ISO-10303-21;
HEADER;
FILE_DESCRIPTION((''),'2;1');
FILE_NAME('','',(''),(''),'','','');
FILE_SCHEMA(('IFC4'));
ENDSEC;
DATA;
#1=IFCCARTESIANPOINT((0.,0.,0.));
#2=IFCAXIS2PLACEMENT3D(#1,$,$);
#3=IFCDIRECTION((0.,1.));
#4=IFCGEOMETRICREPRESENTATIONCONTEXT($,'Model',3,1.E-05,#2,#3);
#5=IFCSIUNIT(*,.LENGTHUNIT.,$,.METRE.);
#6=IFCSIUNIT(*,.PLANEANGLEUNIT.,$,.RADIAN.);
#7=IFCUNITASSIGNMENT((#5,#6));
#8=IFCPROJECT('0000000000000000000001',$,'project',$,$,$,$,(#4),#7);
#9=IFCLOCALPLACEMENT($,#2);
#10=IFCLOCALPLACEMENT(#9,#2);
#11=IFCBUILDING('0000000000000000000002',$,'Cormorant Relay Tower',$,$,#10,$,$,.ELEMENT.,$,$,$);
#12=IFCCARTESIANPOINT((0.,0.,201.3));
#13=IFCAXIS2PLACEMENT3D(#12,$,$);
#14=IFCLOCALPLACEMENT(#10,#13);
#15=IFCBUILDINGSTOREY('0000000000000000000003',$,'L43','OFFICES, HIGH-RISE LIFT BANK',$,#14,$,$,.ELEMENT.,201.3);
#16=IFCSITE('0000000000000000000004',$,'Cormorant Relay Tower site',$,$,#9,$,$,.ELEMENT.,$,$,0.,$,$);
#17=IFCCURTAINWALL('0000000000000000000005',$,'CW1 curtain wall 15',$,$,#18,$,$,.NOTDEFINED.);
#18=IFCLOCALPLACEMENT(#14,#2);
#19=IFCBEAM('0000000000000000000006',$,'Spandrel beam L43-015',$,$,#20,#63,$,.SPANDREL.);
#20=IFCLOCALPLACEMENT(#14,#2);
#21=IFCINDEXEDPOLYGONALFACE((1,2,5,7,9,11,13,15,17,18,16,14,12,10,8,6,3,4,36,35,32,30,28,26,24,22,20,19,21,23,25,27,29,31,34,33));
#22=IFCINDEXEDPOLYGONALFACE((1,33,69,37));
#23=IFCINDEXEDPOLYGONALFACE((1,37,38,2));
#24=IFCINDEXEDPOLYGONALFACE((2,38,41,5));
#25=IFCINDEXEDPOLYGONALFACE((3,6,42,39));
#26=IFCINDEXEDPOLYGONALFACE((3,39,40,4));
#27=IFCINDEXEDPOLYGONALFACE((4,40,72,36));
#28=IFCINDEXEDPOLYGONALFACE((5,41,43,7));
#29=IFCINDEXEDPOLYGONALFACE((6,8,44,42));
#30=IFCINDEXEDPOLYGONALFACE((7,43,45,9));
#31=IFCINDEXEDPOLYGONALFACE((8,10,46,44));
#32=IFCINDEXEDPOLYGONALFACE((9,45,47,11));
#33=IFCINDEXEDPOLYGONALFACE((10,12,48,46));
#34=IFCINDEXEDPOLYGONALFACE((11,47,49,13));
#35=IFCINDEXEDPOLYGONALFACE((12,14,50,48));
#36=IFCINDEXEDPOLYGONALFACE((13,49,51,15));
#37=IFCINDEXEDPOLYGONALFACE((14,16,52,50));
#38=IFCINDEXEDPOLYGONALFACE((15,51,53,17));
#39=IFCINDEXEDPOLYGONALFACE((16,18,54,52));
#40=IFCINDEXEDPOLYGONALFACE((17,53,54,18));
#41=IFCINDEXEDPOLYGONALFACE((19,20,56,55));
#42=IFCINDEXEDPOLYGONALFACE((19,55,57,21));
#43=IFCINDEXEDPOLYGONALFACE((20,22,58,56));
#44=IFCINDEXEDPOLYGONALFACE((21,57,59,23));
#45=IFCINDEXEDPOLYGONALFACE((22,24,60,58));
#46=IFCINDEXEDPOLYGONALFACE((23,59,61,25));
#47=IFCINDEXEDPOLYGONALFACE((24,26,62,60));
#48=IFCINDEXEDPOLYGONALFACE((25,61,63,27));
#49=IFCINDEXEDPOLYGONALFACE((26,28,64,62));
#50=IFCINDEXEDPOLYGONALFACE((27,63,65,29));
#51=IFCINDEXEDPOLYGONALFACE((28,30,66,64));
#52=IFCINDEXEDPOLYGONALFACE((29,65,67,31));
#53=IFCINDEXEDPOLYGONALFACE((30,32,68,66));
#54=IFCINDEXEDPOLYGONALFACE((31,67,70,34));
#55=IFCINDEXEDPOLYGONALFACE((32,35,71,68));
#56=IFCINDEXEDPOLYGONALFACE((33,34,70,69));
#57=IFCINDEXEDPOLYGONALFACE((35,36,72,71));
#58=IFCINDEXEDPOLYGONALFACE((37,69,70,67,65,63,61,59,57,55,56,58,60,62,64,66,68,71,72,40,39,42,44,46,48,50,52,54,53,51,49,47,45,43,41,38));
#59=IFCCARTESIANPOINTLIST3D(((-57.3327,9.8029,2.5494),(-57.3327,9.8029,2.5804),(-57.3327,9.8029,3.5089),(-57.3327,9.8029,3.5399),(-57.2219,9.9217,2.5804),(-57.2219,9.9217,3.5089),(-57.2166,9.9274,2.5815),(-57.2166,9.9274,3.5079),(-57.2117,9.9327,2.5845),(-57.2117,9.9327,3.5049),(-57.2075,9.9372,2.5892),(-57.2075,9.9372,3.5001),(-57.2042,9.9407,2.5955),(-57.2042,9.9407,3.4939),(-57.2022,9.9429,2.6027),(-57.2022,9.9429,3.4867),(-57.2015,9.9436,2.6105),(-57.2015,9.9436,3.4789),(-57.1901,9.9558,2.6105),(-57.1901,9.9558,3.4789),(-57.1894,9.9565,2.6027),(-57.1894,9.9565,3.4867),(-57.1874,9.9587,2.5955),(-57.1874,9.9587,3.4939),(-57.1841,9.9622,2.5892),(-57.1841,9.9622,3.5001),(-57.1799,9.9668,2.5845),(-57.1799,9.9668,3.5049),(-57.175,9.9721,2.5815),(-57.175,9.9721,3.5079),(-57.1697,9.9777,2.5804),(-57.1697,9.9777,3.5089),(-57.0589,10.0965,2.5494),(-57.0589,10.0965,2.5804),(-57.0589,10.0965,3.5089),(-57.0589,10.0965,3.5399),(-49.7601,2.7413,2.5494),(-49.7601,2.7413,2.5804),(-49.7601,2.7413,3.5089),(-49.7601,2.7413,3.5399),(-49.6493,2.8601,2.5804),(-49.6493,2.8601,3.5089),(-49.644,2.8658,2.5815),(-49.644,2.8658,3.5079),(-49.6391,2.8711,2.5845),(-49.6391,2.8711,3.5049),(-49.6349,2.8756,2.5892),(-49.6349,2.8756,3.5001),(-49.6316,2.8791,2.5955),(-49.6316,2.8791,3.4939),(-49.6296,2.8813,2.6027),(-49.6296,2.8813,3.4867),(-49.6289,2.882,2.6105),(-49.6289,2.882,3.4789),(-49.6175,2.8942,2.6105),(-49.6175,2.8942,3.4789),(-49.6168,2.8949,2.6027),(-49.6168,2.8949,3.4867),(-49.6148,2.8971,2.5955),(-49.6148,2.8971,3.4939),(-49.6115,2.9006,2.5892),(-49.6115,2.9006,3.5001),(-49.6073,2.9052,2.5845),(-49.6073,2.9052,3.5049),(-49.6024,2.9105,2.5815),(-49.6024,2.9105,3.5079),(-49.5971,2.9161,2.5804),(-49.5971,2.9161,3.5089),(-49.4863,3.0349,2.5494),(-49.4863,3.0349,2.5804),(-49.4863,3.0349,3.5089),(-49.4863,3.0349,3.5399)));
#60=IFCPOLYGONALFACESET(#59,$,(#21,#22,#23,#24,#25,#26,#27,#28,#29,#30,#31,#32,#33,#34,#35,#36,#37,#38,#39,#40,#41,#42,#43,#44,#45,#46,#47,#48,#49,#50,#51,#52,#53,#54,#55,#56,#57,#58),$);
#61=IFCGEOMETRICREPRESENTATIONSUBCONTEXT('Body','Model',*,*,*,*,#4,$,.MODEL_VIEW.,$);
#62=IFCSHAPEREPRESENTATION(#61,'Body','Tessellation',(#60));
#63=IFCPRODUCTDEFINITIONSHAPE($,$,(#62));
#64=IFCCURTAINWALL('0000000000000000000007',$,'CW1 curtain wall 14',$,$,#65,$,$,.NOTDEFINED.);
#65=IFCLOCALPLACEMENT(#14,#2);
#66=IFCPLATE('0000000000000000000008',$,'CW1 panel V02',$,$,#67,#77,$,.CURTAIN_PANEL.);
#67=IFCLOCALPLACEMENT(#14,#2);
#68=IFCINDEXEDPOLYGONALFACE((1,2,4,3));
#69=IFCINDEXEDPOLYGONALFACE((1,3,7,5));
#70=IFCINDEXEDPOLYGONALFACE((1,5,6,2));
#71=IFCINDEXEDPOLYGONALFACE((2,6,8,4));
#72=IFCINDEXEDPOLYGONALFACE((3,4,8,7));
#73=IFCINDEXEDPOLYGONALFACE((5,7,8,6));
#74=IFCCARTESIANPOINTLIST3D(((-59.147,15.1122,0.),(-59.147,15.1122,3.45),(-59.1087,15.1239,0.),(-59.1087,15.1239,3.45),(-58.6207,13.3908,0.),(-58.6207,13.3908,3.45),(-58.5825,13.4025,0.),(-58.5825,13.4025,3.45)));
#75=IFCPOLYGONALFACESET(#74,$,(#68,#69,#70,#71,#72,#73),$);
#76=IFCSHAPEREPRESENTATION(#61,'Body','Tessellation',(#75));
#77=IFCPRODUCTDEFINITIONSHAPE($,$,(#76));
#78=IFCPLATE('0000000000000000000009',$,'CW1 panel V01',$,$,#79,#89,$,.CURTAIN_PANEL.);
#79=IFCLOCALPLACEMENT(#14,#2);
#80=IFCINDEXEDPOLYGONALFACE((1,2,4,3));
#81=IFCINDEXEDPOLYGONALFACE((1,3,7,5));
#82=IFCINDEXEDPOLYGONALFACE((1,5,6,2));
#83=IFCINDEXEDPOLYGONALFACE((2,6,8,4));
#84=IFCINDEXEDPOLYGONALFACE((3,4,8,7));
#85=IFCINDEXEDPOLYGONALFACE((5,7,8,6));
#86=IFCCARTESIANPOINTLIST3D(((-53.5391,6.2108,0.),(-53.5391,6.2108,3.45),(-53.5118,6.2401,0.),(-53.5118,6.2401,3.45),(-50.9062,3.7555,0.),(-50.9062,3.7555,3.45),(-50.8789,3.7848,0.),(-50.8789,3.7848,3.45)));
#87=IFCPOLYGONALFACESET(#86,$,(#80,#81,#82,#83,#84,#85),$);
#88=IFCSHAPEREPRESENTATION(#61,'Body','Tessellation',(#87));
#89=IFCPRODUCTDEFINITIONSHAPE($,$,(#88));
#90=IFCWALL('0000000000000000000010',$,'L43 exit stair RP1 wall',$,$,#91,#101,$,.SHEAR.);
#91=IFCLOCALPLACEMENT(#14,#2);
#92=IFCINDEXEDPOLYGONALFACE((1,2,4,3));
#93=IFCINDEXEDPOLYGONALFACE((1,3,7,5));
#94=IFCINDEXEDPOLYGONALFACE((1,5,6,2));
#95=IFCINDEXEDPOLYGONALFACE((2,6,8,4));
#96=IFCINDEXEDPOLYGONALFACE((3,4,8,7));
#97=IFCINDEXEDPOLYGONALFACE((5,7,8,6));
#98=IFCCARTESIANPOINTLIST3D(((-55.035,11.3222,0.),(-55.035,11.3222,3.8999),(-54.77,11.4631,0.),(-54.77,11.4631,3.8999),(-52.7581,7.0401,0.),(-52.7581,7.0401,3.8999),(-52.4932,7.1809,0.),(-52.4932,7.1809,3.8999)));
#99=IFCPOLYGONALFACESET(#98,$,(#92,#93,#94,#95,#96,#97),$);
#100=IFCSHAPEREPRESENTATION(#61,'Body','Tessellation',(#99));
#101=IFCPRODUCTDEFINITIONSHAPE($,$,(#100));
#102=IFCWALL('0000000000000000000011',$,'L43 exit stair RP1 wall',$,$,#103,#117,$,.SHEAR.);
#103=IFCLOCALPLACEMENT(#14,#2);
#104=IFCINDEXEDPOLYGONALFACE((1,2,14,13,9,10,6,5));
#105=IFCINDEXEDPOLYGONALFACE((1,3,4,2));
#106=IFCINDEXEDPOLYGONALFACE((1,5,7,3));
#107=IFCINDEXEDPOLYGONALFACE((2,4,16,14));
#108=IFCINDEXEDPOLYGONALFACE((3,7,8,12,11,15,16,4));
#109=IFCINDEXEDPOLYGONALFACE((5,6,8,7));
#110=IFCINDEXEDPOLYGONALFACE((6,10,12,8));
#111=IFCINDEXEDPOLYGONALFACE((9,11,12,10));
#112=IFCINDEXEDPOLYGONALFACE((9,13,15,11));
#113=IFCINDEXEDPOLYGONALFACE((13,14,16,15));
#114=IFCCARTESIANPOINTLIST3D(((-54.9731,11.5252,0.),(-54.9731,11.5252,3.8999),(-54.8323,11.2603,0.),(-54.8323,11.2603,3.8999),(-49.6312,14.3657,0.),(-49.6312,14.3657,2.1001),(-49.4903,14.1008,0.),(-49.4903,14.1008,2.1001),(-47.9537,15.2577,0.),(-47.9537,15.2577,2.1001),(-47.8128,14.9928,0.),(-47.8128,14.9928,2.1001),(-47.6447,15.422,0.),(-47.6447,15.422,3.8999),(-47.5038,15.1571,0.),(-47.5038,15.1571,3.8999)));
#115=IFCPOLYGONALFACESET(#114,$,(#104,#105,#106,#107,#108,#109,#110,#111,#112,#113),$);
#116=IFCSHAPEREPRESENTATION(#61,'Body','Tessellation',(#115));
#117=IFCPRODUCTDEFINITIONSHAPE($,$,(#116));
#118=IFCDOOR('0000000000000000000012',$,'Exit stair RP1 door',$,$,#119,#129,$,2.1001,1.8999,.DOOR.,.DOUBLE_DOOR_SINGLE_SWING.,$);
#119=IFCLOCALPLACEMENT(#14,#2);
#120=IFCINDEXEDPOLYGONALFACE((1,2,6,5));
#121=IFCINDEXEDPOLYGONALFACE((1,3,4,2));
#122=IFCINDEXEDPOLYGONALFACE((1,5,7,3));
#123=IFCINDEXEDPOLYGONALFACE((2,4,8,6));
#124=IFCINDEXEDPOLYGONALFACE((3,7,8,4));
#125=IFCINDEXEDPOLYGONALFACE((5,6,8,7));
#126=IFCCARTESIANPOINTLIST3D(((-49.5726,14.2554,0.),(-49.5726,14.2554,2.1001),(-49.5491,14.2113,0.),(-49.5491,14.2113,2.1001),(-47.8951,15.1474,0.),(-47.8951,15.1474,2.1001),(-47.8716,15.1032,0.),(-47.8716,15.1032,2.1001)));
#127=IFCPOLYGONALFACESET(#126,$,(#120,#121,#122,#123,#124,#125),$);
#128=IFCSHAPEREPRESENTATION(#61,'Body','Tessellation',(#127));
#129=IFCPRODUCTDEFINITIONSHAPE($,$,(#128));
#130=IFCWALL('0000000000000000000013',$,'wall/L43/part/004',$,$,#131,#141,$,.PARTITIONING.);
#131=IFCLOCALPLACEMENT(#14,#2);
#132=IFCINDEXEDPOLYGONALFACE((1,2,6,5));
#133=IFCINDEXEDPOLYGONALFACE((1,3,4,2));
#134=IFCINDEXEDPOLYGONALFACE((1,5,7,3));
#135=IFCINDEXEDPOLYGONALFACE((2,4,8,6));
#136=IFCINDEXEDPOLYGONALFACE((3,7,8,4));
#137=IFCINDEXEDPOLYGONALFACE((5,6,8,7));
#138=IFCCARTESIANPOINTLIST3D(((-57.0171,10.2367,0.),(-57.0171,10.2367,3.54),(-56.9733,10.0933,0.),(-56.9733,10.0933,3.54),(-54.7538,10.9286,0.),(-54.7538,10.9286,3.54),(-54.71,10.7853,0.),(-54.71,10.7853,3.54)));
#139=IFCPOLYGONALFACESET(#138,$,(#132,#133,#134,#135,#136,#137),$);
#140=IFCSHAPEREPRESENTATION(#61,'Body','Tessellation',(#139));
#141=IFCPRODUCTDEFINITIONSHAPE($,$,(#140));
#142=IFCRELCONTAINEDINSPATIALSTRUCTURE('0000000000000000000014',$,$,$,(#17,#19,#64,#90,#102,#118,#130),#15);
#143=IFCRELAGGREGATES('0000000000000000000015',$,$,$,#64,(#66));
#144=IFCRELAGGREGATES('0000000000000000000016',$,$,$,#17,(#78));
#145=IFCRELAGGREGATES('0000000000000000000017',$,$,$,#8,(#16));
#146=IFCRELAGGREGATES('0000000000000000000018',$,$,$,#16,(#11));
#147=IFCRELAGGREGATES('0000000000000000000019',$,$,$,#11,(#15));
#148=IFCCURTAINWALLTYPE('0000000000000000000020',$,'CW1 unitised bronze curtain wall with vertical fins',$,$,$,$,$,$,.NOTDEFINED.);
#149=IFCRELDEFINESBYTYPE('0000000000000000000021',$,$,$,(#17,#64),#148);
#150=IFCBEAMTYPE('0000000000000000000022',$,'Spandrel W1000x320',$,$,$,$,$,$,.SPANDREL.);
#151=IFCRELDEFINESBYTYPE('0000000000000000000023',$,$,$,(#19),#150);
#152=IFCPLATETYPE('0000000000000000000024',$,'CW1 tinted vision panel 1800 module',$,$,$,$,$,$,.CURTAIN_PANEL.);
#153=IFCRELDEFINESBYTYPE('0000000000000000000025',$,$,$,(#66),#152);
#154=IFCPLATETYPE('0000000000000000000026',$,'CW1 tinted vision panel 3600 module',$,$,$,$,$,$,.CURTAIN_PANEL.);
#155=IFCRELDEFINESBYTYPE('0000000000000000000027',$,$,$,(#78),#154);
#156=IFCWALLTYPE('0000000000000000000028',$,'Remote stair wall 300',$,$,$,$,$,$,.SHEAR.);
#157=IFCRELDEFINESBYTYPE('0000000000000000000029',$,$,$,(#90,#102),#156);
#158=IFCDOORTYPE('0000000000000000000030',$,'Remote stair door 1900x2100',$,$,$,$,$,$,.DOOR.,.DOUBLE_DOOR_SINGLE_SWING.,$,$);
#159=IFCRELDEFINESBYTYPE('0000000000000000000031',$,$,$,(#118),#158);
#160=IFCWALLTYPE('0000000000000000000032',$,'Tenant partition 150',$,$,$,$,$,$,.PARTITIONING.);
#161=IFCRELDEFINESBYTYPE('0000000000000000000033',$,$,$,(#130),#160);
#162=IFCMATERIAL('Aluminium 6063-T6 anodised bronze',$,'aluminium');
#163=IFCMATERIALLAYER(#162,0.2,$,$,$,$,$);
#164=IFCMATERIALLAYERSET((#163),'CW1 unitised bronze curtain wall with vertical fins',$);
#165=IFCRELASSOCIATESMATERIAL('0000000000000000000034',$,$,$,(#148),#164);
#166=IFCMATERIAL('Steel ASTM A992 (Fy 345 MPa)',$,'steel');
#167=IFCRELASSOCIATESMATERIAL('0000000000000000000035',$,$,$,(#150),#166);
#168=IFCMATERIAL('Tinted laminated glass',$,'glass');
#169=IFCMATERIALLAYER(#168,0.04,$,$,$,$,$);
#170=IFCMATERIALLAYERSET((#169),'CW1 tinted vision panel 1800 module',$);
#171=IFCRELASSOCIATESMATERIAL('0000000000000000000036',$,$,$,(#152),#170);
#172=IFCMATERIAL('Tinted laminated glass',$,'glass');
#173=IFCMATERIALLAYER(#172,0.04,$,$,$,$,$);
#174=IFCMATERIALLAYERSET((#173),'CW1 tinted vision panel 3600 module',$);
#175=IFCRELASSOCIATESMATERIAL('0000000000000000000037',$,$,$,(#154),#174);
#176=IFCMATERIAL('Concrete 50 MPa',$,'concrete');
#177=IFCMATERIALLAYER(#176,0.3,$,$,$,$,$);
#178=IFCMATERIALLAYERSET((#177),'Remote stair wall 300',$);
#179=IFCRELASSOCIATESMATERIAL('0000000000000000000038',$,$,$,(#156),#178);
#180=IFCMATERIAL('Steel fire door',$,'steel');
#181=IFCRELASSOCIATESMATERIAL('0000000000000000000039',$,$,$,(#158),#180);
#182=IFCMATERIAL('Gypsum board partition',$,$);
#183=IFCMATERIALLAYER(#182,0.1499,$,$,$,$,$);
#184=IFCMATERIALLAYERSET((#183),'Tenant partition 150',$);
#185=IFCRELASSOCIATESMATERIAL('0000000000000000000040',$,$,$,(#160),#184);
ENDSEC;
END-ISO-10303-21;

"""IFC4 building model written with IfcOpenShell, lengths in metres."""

from ifc_helpers import new_model, si_unit, direction, frame, frame_2d, origin, origin_2d, place, context, subcontext, project, spatial, rectangle, i_section, extrude, material, layer, layer_set, material_profile, profile_set, type_object, element, fill, aggregate, save


model = new_model("IFC4")

# Units and contexts
model_context = context("Model", 3, precision=1e-05, world=origin(), true_north=direction((0.0, 1.0)))
body_context = subcontext(model_context, "Body", "Model", "MODEL_VIEW")
ifc_project = project(units=[si_unit("LENGTHUNIT", "METRE"), si_unit("PLANEANGLEUNIT", "RADIAN")], contexts=[model_context])

# Site, building, storey
site_placement = place(None, origin())
site = spatial("IfcSite", under=ifc_project, at=site_placement, Name="Cormorant Relay Tower site", CompositionType="ELEMENT", RefElevation=0.0)
building_placement = place(site_placement, origin())
building = spatial("IfcBuilding", under=site, at=building_placement, Name="Cormorant Relay Tower", CompositionType="ELEMENT")
storey_placement = place(building_placement, frame((0.0, 0.0, 201.3)))
storey = spatial("IfcBuildingStorey", under=building, at=storey_placement, Name="L43", Description="OFFICES, HIGH-RISE LIFT BANK", CompositionType="ELEMENT", Elevation=201.3)

# Curtain wall
ifc_material_1 = material(Name="Aluminium 6063-T6 anodised bronze", Category="aluminium")
ifc_layer_1 = layer(ifc_material_1, 0.2)
ifc_layer_set_1 = layer_set([ifc_layer_1], Name="CW1 unitised bronze curtain wall with vertical fins")
curtain_wall_type = type_object("IfcCurtainWallType", Name="CW1 unitised bronze curtain wall with vertical fins", PredefinedType="NOTDEFINED", material=ifc_layer_set_1)
curtain_wall_1_placement = place(storey_placement, origin())
curtain_wall_1 = element("IfcCurtainWall", 1, at=curtain_wall_1_placement, inside=storey, type_object=curtain_wall_type, Name="CW1 curtain wall 15", PredefinedType="NOTDEFINED")

# Beam
ifc_material_2 = material(Name="Steel ASTM A992 (Fy 345 MPa)", Category="steel")
ifc_material_profile_1 = material_profile(ifc_material_2, i_section(OverallWidth=0.4014, OverallDepth=0.9905, WebThickness=0.0166, FlangeThickness=0.031, FilletRadius=0.03, at=origin_2d()), Name="W1000x320")
ifc_profile_set_1 = profile_set([ifc_material_profile_1], Name="Steel ASTM A992 (Fy 345 MPa)")
beam_type = type_object("IfcBeamType", Name="Spandrel W1000x320", PredefinedType="SPANDREL", material=ifc_profile_set_1)
beam_placement = place(storey_placement, frame((-57.1958, 9.9497, 3.0447), z_axis=(0.731352, -0.682001, 0.0), x_axis=(0.682001, 0.731352, 0.0)))
element("IfcBeam", 2, at=beam_placement, inside=storey, type_object=beam_type, Name="Spandrel beam L43-015", PredefinedType="SPANDREL", context=body_context, shape_type="SweptSolid", body=[
    extrude(i_section(OverallWidth=0.4014, OverallDepth=0.9905, WebThickness=0.0166, FlangeThickness=0.031, FilletRadius=0.03, at=origin_2d()), origin(), (0.0, 0.0, 1.0), 10.3542),
])

# Curtain wall, plate
curtain_wall_2_placement = place(storey_placement, origin())
curtain_wall_2 = element("IfcCurtainWall", 3, at=curtain_wall_2_placement, inside=storey, type_object=curtain_wall_type, Name="CW1 curtain wall 14", PredefinedType="NOTDEFINED")
ifc_material_3 = material(Name="Tinted laminated glass", Category="glass")
ifc_layer_2 = layer(ifc_material_3, 0.04)
ifc_layer_set_2 = layer_set([ifc_layer_2], Name="CW1 tinted vision panel 1800 module")
plate_type_1 = type_object("IfcPlateType", Name="CW1 tinted vision panel 1800 module", PredefinedType="CURTAIN_PANEL", material=ifc_layer_set_2)
plate_1_placement = place(storey_placement, frame((-58.8647, 14.2573, 0.0), z_axis=(0.0, 0.0, 1.0), x_axis=(0.292372, -0.956305, 0.0)))
plate_1 = element("IfcPlate", 4, at=plate_1_placement, type_object=plate_type_1, Name="CW1 panel V02", PredefinedType="CURTAIN_PANEL", context=body_context, shape_type="SweptSolid", body=[
    extrude(rectangle(XDim=1.8, YDim=0.04, at=origin_2d()), origin(), (0.0, 0.0, 1.0), 3.45),
])

# Plate
ifc_material_4 = material(Name="Tinted laminated glass", Category="glass")
ifc_layer_3 = layer(ifc_material_4, 0.04)
ifc_layer_set_3 = layer_set([ifc_layer_3], Name="CW1 tinted vision panel 3600 module")
plate_type_2 = type_object("IfcPlateType", Name="CW1 tinted vision panel 3600 module", PredefinedType="CURTAIN_PANEL", material=ifc_layer_set_3)
plate_2_placement = place(storey_placement, frame((-52.209, 4.9978, 0.0), z_axis=(0.0, 0.0, 1.0), x_axis=(0.731354, -0.681998, 0.0)))
plate_2 = element("IfcPlate", 5, at=plate_2_placement, type_object=plate_type_2, Name="CW1 panel V01", PredefinedType="CURTAIN_PANEL", context=body_context, shape_type="SweptSolid", body=[
    extrude(rectangle(XDim=3.6001, YDim=0.04, at=origin_2d()), origin(), (0.0, 0.0, 1.0), 3.45),
])

# Wall
ifc_material_5 = material(Name="Concrete 50 MPa", Category="concrete")
ifc_layer_4 = layer(ifc_material_5, 0.3)
ifc_layer_set_4 = layer_set([ifc_layer_4], Name="Remote stair wall 300")
wall_type_1 = type_object("IfcWallType", Name="Remote stair wall 300", PredefinedType="SHEAR", material=ifc_layer_set_4)
wall_1_placement = place(storey_placement, frame((-52.6257, 7.1106, 0.0), z_axis=(0.0, 0.0, 1.0), x_axis=(-0.469464, 0.882951, 0.0)))
element("IfcWall", 6, at=wall_1_placement, inside=storey, type_object=wall_type_1, Name="L43 exit stair RP1 wall", PredefinedType="SHEAR", context=body_context, shape_type="SweptSolid", body=[
    extrude(rectangle(XDim=4.8499, YDim=0.3, at=frame_2d((2.4248, 0.0))), origin(), (0.0, 0.0, 1.0), 3.8999),
])

# Wall, opening, door
wall_2_placement = place(storey_placement, frame((-54.9026, 11.3928, 0.0), z_axis=(0.0, 0.0, 1.0), x_axis=(0.882939, 0.469487, 0.0)))
wall_2 = element("IfcWall", 7, at=wall_2_placement, inside=storey, type_object=wall_type_1, Name="L43 exit stair RP1 wall", PredefinedType="SHEAR", context=body_context, shape_type="SweptSolid", body=[
    extrude(rectangle(XDim=8.3, YDim=0.3, at=frame_2d((4.1499, 0.0))), origin(), (0.0, 0.0, 1.0), 3.8999),
])
opening_placement = place(wall_2_placement, frame((6.05, 0.0, 0.0)))
opening = element("IfcOpeningElement", 8, at=opening_placement, cuts=wall_2, PredefinedType="OPENING", context=body_context, shape_type="SweptSolid", body=[
    extrude(rectangle(XDim=1.8999, YDim=2.1001, at=frame_2d((0.95, 1.05))), frame((0.0, 0.1599, 0.0), z_axis=(0.0, -1.0, 0.0), x_axis=(1.0, 0.0, 0.0)), (0.0, 0.0, 1.0), 0.3201),
])
ifc_material_6 = material(Name="Steel fire door", Category="steel")
door_type = type_object("IfcDoorType", Name="Remote stair door 1900x2100", OperationType="DOUBLE_DOOR_SINGLE_SWING", PredefinedType="DOOR", material=ifc_material_6)
door_placement = place(opening_placement, frame((1.8999, 0.0, 0.0), z_axis=(0.0, 0.0, 1.0), x_axis=(-1.0, 0.0, 0.0)))
door = element("IfcDoor", 9, at=door_placement, inside=storey, type_object=door_type, Name="Exit stair RP1 door", OperationType="DOUBLE_DOOR_SINGLE_SWING", OverallHeight=2.1001, OverallWidth=1.8999, PredefinedType="DOOR", context=body_context, shape_type="SweptSolid", body=[
    extrude(rectangle(XDim=1.8999, YDim=2.1001, at=frame_2d((0.95, 1.05))), frame((0.0, 0.0249, 0.0), z_axis=(0.0, -1.0, 0.0), x_axis=(1.0, 0.0, 0.0)), (0.0, 0.0, 1.0), 0.05),
])
fill(opening, door)

# Wall
ifc_material_7 = material(Name="Gypsum board partition")
ifc_layer_5 = layer(ifc_material_7, 0.1499)
ifc_layer_set_5 = layer_set([ifc_layer_5], Name="Tenant partition 150")
wall_type_2 = type_object("IfcWallType", Name="Tenant partition 150", PredefinedType="PARTITIONING", material=ifc_layer_set_5)
wall_3_placement = place(storey_placement, frame((-54.7319, 10.8569, 0.0), z_axis=(0.0, 0.0, 1.0), x_axis=(-0.956308, -0.29236, 0.0)))
element("IfcWall", 10, at=wall_3_placement, inside=storey, type_object=wall_type_2, Name="wall/L43/part/004", PredefinedType="PARTITIONING", context=body_context, shape_type="SweptSolid", body=[
    extrude(rectangle(XDim=2.3667, YDim=0.1499, at=frame_2d((1.1833, 0.0))), origin(), (0.0, 0.0, 1.0), 3.54),
])

aggregate(curtain_wall_2, [plate_1])
aggregate(curtain_wall_1, [plate_2])

save(model, "model.ifc")
